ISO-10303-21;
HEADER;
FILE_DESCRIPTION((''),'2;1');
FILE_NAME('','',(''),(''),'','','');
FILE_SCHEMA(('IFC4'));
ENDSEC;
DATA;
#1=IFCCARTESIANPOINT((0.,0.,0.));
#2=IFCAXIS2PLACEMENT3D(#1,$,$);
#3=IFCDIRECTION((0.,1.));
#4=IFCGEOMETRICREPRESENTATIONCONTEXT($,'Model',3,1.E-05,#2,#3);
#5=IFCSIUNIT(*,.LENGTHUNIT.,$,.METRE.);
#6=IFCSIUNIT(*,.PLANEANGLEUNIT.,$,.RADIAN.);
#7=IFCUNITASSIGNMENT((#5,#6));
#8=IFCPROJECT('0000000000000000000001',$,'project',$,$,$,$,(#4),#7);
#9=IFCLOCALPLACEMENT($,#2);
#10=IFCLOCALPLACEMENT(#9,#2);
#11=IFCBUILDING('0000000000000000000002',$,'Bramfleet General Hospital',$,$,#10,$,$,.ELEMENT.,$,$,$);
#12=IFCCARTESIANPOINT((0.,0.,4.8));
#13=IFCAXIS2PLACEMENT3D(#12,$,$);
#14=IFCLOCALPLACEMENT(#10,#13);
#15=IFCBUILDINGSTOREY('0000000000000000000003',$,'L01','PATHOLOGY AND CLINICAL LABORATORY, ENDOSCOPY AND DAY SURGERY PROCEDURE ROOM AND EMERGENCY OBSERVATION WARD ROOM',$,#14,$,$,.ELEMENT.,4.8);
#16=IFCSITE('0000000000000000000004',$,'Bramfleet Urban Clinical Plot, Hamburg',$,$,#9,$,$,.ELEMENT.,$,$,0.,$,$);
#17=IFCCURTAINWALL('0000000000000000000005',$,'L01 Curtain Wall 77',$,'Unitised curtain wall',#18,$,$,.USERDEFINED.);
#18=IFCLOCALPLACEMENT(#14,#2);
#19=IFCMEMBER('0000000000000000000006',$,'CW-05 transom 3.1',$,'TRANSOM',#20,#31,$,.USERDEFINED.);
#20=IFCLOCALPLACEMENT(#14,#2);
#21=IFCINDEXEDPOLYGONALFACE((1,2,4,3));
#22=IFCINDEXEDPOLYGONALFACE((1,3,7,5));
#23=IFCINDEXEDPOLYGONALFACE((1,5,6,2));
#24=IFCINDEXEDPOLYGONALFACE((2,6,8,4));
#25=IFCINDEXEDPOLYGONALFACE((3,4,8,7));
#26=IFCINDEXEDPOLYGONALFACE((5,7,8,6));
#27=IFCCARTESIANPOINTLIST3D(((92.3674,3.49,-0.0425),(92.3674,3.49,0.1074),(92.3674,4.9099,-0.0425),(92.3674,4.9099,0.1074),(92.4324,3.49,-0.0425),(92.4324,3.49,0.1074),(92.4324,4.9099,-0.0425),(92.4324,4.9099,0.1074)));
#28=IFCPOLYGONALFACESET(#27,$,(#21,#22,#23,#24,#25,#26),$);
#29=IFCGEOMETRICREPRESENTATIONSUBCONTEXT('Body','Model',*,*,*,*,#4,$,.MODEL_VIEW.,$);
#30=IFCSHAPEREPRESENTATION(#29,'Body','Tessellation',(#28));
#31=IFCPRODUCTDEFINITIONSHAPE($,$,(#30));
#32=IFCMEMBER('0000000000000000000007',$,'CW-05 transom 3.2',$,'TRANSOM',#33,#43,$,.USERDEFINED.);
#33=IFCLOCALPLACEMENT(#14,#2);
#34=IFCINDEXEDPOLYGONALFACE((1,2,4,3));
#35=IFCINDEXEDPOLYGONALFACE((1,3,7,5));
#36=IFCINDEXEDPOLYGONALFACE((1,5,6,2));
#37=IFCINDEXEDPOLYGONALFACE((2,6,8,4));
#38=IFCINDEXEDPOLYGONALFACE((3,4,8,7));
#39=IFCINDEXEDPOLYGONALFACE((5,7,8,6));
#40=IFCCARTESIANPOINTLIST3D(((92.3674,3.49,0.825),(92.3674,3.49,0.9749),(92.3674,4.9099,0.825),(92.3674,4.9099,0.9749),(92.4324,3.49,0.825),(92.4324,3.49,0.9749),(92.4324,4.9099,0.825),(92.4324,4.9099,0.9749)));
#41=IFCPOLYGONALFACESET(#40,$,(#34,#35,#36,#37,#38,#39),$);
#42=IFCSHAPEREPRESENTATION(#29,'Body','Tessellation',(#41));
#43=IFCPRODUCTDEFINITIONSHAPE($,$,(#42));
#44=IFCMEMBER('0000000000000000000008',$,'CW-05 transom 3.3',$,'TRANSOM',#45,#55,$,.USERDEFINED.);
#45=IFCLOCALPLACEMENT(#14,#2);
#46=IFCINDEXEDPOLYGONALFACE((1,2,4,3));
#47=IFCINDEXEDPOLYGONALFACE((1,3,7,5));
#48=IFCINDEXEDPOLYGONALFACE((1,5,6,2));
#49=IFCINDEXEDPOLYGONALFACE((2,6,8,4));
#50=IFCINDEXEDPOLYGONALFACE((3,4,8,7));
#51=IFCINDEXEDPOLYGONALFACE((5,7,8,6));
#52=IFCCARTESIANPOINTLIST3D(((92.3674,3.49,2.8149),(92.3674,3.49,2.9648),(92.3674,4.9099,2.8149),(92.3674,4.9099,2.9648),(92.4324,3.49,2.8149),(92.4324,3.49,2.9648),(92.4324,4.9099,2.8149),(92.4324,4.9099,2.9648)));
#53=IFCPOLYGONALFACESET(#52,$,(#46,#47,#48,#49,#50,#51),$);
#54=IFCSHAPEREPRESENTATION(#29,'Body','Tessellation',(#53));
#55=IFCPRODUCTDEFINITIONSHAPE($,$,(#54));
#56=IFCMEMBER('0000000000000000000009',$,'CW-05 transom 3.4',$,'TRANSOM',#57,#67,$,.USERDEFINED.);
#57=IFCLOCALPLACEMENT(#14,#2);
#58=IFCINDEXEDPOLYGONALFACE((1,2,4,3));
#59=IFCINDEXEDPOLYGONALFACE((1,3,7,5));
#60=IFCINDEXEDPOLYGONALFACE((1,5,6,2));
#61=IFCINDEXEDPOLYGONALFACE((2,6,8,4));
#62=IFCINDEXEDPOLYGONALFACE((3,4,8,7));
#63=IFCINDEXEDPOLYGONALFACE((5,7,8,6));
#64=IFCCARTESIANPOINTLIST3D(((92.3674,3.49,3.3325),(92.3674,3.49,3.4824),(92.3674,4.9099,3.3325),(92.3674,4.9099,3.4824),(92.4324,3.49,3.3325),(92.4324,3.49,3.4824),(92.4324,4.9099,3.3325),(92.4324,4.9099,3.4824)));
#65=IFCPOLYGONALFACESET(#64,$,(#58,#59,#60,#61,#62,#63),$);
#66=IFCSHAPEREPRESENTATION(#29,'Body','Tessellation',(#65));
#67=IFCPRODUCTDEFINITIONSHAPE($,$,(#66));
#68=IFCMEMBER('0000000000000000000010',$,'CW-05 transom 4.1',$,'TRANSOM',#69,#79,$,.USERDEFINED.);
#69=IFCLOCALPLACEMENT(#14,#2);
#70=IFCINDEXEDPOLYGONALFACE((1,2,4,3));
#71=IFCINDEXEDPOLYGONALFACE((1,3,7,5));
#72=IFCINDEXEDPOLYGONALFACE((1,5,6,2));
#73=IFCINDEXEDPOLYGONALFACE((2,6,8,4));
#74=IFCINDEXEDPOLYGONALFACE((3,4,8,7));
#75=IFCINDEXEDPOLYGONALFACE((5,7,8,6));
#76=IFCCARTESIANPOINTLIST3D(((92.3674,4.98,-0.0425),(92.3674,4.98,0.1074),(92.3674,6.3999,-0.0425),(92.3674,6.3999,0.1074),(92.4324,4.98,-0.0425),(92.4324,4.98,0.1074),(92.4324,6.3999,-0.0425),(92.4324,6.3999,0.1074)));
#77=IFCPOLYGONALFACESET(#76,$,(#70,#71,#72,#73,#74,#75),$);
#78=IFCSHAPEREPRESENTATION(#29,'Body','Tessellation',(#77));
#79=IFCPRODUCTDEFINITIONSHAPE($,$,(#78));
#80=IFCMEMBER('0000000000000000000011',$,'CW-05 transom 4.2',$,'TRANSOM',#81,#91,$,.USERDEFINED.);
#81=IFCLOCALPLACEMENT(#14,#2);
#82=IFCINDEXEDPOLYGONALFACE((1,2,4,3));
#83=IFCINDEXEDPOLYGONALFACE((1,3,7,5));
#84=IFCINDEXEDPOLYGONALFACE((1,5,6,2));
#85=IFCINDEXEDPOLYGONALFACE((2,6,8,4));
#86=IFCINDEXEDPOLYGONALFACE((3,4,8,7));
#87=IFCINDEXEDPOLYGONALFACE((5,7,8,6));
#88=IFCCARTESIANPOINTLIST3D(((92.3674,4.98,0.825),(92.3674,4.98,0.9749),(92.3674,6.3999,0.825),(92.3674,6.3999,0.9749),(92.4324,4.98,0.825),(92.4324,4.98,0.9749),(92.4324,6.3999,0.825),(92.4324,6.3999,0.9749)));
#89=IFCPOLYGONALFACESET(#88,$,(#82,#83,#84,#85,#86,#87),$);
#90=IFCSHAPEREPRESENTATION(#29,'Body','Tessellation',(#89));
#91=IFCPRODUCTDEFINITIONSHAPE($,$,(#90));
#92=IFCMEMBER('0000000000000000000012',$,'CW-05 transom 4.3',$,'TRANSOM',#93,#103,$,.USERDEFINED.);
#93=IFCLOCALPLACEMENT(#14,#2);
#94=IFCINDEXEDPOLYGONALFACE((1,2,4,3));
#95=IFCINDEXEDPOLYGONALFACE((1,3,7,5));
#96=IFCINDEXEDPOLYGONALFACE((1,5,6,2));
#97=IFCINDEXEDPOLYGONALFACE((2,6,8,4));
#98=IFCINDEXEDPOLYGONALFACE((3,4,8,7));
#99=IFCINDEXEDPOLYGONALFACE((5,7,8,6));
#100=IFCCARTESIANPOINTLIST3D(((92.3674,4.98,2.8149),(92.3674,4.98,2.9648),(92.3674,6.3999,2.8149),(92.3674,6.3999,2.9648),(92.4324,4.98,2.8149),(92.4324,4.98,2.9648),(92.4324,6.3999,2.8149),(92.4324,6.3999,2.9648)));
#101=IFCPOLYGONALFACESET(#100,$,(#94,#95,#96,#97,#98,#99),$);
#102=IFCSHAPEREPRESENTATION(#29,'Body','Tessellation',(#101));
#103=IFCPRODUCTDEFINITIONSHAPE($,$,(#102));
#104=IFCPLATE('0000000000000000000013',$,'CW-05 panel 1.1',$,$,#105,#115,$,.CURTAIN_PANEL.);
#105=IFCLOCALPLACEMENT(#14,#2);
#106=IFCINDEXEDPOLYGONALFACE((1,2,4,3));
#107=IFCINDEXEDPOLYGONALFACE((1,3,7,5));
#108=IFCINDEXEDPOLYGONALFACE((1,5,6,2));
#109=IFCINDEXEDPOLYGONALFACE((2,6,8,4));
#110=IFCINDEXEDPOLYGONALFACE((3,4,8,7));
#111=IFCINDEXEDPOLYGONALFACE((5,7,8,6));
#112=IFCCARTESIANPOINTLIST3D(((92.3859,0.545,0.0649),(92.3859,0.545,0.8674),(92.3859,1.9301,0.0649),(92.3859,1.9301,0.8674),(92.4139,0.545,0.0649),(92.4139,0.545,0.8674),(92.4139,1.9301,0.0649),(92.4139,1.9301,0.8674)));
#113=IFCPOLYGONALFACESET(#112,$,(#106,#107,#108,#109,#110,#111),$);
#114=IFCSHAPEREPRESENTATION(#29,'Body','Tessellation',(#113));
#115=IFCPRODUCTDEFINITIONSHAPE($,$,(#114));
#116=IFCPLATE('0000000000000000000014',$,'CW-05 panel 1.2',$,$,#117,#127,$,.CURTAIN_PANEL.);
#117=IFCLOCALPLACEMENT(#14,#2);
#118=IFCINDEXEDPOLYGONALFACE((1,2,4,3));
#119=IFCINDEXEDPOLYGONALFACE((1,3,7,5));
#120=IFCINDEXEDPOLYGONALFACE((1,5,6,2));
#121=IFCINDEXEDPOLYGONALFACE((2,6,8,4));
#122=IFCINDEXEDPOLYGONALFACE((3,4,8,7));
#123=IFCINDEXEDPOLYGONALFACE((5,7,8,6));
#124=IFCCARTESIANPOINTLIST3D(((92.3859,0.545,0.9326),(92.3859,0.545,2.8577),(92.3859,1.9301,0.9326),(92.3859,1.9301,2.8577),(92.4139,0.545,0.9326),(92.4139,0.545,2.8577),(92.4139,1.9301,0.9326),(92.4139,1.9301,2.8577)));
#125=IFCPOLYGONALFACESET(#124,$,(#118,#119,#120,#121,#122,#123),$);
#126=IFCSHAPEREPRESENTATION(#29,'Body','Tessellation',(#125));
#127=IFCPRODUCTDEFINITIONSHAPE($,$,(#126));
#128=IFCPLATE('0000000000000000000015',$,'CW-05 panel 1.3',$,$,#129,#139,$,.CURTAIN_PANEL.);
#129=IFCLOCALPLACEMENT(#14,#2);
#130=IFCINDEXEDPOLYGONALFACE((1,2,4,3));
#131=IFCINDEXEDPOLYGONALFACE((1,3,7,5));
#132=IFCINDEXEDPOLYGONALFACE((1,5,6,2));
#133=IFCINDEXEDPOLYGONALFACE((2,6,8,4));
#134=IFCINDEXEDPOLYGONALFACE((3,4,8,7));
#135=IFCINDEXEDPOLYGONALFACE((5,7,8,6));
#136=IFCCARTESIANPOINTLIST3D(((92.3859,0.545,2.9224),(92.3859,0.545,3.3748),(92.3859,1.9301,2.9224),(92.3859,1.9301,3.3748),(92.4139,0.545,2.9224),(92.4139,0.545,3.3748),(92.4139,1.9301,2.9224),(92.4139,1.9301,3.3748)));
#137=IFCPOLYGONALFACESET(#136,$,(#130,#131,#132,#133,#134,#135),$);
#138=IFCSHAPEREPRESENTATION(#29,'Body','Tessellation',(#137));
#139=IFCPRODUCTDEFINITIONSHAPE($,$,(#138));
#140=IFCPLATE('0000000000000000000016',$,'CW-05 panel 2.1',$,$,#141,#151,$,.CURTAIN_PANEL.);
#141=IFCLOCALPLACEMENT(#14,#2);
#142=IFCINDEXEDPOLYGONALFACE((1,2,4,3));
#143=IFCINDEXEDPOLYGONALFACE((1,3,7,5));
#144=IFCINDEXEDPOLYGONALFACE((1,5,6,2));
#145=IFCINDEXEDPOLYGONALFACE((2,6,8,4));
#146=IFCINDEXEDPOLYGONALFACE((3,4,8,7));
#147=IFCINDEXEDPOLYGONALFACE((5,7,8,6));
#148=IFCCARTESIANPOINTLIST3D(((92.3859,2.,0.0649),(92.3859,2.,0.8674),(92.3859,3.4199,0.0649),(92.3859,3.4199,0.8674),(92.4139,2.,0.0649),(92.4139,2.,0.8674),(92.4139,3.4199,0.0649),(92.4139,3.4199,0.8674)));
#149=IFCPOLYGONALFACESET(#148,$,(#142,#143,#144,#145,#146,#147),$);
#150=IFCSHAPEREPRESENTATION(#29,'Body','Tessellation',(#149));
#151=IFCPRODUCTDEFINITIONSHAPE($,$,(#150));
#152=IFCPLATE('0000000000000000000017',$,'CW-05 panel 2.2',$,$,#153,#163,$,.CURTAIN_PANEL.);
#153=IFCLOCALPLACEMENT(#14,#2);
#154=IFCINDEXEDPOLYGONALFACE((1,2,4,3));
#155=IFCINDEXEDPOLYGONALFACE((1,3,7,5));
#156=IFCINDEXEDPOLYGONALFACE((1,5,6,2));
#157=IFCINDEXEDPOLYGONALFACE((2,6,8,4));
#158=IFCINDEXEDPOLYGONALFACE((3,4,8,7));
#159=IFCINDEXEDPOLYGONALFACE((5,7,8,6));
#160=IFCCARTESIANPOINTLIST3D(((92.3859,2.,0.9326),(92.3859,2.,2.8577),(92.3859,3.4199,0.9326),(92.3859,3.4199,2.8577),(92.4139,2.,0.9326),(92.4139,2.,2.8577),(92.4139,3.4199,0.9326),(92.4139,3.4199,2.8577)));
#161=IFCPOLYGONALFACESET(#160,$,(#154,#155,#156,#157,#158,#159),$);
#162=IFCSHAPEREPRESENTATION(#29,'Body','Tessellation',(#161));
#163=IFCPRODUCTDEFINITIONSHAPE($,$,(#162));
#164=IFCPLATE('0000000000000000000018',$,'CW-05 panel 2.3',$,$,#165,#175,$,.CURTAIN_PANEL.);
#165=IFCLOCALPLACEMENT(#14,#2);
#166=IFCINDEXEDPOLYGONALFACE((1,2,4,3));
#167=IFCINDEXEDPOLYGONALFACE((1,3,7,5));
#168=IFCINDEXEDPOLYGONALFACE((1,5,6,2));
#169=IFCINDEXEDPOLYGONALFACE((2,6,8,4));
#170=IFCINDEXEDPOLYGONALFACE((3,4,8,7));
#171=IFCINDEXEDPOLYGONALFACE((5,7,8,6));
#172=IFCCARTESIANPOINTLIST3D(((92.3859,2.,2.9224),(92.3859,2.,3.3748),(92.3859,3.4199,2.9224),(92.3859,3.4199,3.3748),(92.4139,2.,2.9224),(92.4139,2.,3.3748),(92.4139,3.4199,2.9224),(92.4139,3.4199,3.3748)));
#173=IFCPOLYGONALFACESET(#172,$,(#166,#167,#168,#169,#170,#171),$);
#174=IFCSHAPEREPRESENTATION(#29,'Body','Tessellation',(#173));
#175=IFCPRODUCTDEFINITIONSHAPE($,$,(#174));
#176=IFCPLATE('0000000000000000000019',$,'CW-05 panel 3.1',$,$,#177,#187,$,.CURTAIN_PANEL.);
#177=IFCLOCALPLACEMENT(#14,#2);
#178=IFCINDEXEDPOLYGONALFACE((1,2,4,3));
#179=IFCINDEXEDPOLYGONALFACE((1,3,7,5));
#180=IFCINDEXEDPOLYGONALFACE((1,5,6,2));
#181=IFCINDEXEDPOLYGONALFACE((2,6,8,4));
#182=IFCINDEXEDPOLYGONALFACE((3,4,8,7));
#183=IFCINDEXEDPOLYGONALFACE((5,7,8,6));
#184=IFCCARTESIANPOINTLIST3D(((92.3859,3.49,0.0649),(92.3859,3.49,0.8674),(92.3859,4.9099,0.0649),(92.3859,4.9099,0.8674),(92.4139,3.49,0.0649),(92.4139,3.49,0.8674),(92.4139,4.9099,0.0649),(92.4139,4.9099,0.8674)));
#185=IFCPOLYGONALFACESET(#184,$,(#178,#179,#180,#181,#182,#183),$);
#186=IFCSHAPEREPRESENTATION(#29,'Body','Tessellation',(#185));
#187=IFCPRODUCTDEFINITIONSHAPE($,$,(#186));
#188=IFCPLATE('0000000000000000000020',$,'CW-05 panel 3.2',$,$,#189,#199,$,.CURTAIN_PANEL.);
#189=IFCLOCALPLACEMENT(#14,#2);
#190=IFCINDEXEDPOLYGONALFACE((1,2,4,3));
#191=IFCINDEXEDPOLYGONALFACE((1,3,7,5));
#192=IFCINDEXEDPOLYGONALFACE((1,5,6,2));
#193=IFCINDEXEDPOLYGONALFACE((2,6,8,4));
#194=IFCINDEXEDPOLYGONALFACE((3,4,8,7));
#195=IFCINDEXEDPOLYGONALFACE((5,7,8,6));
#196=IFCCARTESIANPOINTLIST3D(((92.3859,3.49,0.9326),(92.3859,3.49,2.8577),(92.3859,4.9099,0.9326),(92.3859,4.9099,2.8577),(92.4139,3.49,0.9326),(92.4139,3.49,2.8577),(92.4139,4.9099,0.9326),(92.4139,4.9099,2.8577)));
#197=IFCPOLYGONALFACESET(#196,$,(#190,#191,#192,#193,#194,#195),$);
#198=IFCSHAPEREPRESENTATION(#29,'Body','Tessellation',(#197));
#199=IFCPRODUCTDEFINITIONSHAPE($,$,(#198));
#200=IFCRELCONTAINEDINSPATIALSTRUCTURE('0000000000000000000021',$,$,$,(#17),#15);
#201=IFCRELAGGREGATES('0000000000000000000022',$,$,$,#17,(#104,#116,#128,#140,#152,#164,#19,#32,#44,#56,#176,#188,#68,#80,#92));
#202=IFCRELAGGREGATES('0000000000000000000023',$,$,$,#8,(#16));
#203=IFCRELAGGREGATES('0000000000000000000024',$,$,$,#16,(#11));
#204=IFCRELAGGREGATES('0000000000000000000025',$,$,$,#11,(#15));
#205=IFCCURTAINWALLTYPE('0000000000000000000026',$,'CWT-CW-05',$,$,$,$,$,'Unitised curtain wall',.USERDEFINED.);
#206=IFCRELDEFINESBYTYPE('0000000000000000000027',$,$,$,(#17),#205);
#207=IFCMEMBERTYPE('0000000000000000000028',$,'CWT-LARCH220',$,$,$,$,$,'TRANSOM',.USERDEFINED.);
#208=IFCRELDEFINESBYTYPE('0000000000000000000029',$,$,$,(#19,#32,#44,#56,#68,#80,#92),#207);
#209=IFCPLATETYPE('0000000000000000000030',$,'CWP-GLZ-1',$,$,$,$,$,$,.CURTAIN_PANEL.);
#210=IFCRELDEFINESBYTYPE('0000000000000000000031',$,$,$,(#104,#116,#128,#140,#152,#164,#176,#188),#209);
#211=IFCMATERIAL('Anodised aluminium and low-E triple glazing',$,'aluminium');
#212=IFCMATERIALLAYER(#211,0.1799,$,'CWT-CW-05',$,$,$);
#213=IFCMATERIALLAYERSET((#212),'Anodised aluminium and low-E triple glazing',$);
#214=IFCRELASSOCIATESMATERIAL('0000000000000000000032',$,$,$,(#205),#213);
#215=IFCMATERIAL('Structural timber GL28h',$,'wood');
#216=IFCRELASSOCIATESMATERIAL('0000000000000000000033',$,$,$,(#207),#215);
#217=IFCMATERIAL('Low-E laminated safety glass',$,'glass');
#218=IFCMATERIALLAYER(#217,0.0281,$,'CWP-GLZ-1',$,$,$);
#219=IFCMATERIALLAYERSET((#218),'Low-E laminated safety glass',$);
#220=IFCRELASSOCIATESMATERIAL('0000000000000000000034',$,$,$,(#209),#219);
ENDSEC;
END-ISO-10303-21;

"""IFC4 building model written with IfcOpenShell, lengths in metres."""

from ifc_helpers import new_model, si_unit, direction, frame, origin, origin_2d, place, context, subcontext, project, spatial, rectangle, extrude, material, layer, layer_set, material_profile, profile_set, type_object, element, aggregate, save


model = new_model("IFC4")

# Units and contexts
model_context = context("Model", 3, precision=1e-05, world=origin(), true_north=direction((0.0, 1.0)))
body_context = subcontext(model_context, "Body", "Model", "MODEL_VIEW")
ifc_project = project(units=[si_unit("LENGTHUNIT", "METRE"), si_unit("PLANEANGLEUNIT", "RADIAN")], contexts=[model_context])

# Site, building, storey
site_placement = place(None, origin())
site = spatial("IfcSite", under=ifc_project, at=site_placement, Name="Bramfleet Urban Clinical Plot, Hamburg", CompositionType="ELEMENT", RefElevation=0.0)
building_placement = place(site_placement, origin())
building = spatial("IfcBuilding", under=site, at=building_placement, Name="Bramfleet General Hospital", CompositionType="ELEMENT")
storey_placement = place(building_placement, frame((0.0, 0.0, 4.8)))
storey = spatial("IfcBuildingStorey", under=building, at=storey_placement, Name="L01", Description="PATHOLOGY AND CLINICAL LABORATORY, ENDOSCOPY AND DAY SURGERY PROCEDURE ROOM AND EMERGENCY OBSERVATION WARD ROOM", CompositionType="ELEMENT", Elevation=4.8)

# Curtain wall, members, plates
ifc_material_1 = material(Name="Anodised aluminium and low-E triple glazing", Category="aluminium")
ifc_layer_1 = layer(ifc_material_1, 0.1799, Name="CWT-CW-05")
ifc_layer_set_1 = layer_set([ifc_layer_1], Name="Anodised aluminium and low-E triple glazing")
curtain_wall_type = type_object("IfcCurtainWallType", Name="CWT-CW-05", ElementType="Unitised curtain wall", PredefinedType="USERDEFINED", material=ifc_layer_set_1)
curtain_wall_placement = place(storey_placement, origin())
curtain_wall = element("IfcCurtainWall", 1, at=curtain_wall_placement, inside=storey, type_object=curtain_wall_type, Name="L01 Curtain Wall 77", ObjectType="Unitised curtain wall", PredefinedType="USERDEFINED")
ifc_material_2 = material(Name="Structural timber GL28h", Category="wood")
ifc_material_profile_1 = material_profile(ifc_material_2, rectangle(XDim=0.0649, YDim=0.1499, at=origin_2d()), Name="LARCH 150x65")
ifc_profile_set_1 = profile_set([ifc_material_profile_1], Name="Structural timber GL28h")
member_type_1 = type_object("IfcMemberType", Name="CWT-LARCH220", ElementType="TRANSOM", PredefinedType="USERDEFINED", material=ifc_profile_set_1)
member_1_placement = place(storey_placement, frame((92.3999, 3.49, 0.0325), z_axis=(0.0, 1.0, 0.0), x_axis=(-1.0, 0.0, 0.0)))
member_1 = element("IfcMember", 2, at=member_1_placement, type_object=member_type_1, Name="CW-05 transom 3.1", ObjectType="TRANSOM", PredefinedType="USERDEFINED", context=body_context, shape_type="SweptSolid", body=[
    extrude(rectangle(XDim=0.0649, YDim=0.1499, at=origin_2d()), origin(), (0.0, 0.0, 1.0), 1.4199),
])
member_2_placement = place(storey_placement, frame((92.3999, 3.49, 0.8999), z_axis=(0.0, 1.0, 0.0), x_axis=(-1.0, 0.0, 0.0)))
member_2 = element("IfcMember", 3, at=member_2_placement, type_object=member_type_1, Name="CW-05 transom 3.2", ObjectType="TRANSOM", PredefinedType="USERDEFINED", context=body_context, shape_type="SweptSolid", body=[
    extrude(rectangle(XDim=0.0649, YDim=0.1499, at=origin_2d()), origin(), (0.0, 0.0, 1.0), 1.4199),
])
member_3_placement = place(storey_placement, frame((92.3999, 3.49, 2.8899), z_axis=(0.0, 1.0, 0.0), x_axis=(-1.0, 0.0, 0.0)))
member_3 = element("IfcMember", 4, at=member_3_placement, type_object=member_type_1, Name="CW-05 transom 3.3", ObjectType="TRANSOM", PredefinedType="USERDEFINED", context=body_context, shape_type="SweptSolid", body=[
    extrude(rectangle(XDim=0.0649, YDim=0.1499, at=origin_2d()), origin(), (0.0, 0.0, 1.0), 1.4199),
])
member_4_placement = place(storey_placement, frame((92.3999, 3.49, 3.4075), z_axis=(0.0, 1.0, 0.0), x_axis=(-1.0, 0.0, 0.0)))
member_4 = element("IfcMember", 5, at=member_4_placement, type_object=member_type_1, Name="CW-05 transom 3.4", ObjectType="TRANSOM", PredefinedType="USERDEFINED", context=body_context, shape_type="SweptSolid", body=[
    extrude(rectangle(XDim=0.0649, YDim=0.1499, at=origin_2d()), origin(), (0.0, 0.0, 1.0), 1.4199),
])
member_5_placement = place(storey_placement, frame((92.3999, 4.98, 0.0325), z_axis=(0.0, 1.0, 0.0), x_axis=(-1.0, 0.0, 0.0)))
member_5 = element("IfcMember", 6, at=member_5_placement, type_object=member_type_1, Name="CW-05 transom 4.1", ObjectType="TRANSOM", PredefinedType="USERDEFINED", context=body_context, shape_type="SweptSolid", body=[
    extrude(rectangle(XDim=0.0649, YDim=0.1499, at=origin_2d()), origin(), (0.0, 0.0, 1.0), 1.4199),
])
member_6_placement = place(storey_placement, frame((92.3999, 4.98, 0.8999), z_axis=(0.0, 1.0, 0.0), x_axis=(-1.0, 0.0, 0.0)))
member_6 = element("IfcMember", 7, at=member_6_placement, type_object=member_type_1, Name="CW-05 transom 4.2", ObjectType="TRANSOM", PredefinedType="USERDEFINED", context=body_context, shape_type="SweptSolid", body=[
    extrude(rectangle(XDim=0.0649, YDim=0.1499, at=origin_2d()), origin(), (0.0, 0.0, 1.0), 1.4199),
])
member_7_placement = place(storey_placement, frame((92.3999, 4.98, 2.8899), z_axis=(0.0, 1.0, 0.0), x_axis=(-1.0, 0.0, 0.0)))
member_7 = element("IfcMember", 8, at=member_7_placement, type_object=member_type_1, Name="CW-05 transom 4.3", ObjectType="TRANSOM", PredefinedType="USERDEFINED", context=body_context, shape_type="SweptSolid", body=[
    extrude(rectangle(XDim=0.0649, YDim=0.1499, at=origin_2d()), origin(), (0.0, 0.0, 1.0), 1.4199),
])
ifc_material_3 = material(Name="Low-E laminated safety glass", Category="glass")
ifc_layer_2 = layer(ifc_material_3, 0.0281, Name="CWP-GLZ-1")
ifc_layer_set_2 = layer_set([ifc_layer_2], Name="Low-E laminated safety glass")
plate_type = type_object("IfcPlateType", Name="CWP-GLZ-1", PredefinedType="CURTAIN_PANEL", material=ifc_layer_set_2)
plate_1_placement = place(storey_placement, frame((92.3999, 1.2375, 0.0649), z_axis=(0.0, 0.0, 1.0), x_axis=(0.0, 1.0, 0.0)))
plate_1 = element("IfcPlate", 9, at=plate_1_placement, type_object=plate_type, Name="CW-05 panel 1.1", PredefinedType="CURTAIN_PANEL", context=body_context, shape_type="SweptSolid", body=[
    extrude(rectangle(XDim=1.385, YDim=0.0281, at=origin_2d()), origin(), (0.0, 0.0, 1.0), 0.8025),
])
plate_2_placement = place(storey_placement, frame((92.3999, 1.2375, 0.9326), z_axis=(0.0, 0.0, 1.0), x_axis=(0.0, 1.0, 0.0)))
plate_2 = element("IfcPlate", 10, at=plate_2_placement, type_object=plate_type, Name="CW-05 panel 1.2", PredefinedType="CURTAIN_PANEL", context=body_context, shape_type="SweptSolid", body=[
    extrude(rectangle(XDim=1.385, YDim=0.0281, at=origin_2d()), origin(), (0.0, 0.0, 1.0), 1.925),
])
plate_3_placement = place(storey_placement, frame((92.3999, 1.2375, 2.9224), z_axis=(0.0, 0.0, 1.0), x_axis=(0.0, 1.0, 0.0)))
plate_3 = element("IfcPlate", 11, at=plate_3_placement, type_object=plate_type, Name="CW-05 panel 1.3", PredefinedType="CURTAIN_PANEL", context=body_context, shape_type="SweptSolid", body=[
    extrude(rectangle(XDim=1.385, YDim=0.0281, at=origin_2d()), origin(), (0.0, 0.0, 1.0), 0.4524),
])
plate_4_placement = place(storey_placement, frame((92.3999, 2.71, 0.0649), z_axis=(0.0, 0.0, 1.0), x_axis=(0.0, 1.0, 0.0)))
plate_4 = element("IfcPlate", 12, at=plate_4_placement, type_object=plate_type, Name="CW-05 panel 2.1", PredefinedType="CURTAIN_PANEL", context=body_context, shape_type="SweptSolid", body=[
    extrude(rectangle(XDim=1.4199, YDim=0.0281, at=origin_2d()), origin(), (0.0, 0.0, 1.0), 0.8025),
])
plate_5_placement = place(storey_placement, frame((92.3999, 2.71, 0.9326), z_axis=(0.0, 0.0, 1.0), x_axis=(0.0, 1.0, 0.0)))
plate_5 = element("IfcPlate", 13, at=plate_5_placement, type_object=plate_type, Name="CW-05 panel 2.2", PredefinedType="CURTAIN_PANEL", context=body_context, shape_type="SweptSolid", body=[
    extrude(rectangle(XDim=1.4199, YDim=0.0281, at=origin_2d()), origin(), (0.0, 0.0, 1.0), 1.925),
])
plate_6_placement = place(storey_placement, frame((92.3999, 2.71, 2.9224), z_axis=(0.0, 0.0, 1.0), x_axis=(0.0, 1.0, 0.0)))
plate_6 = element("IfcPlate", 14, at=plate_6_placement, type_object=plate_type, Name="CW-05 panel 2.3", PredefinedType="CURTAIN_PANEL", context=body_context, shape_type="SweptSolid", body=[
    extrude(rectangle(XDim=1.4199, YDim=0.0281, at=origin_2d()), origin(), (0.0, 0.0, 1.0), 0.4524),
])
plate_7_placement = place(storey_placement, frame((92.3999, 4.2, 0.0649), z_axis=(0.0, 0.0, 1.0), x_axis=(0.0, 1.0, 0.0)))
plate_7 = element("IfcPlate", 15, at=plate_7_placement, type_object=plate_type, Name="CW-05 panel 3.1", PredefinedType="CURTAIN_PANEL", context=body_context, shape_type="SweptSolid", body=[
    extrude(rectangle(XDim=1.4199, YDim=0.0281, at=origin_2d()), origin(), (0.0, 0.0, 1.0), 0.8025),
])
plate_8_placement = place(storey_placement, frame((92.3999, 4.2, 0.9326), z_axis=(0.0, 0.0, 1.0), x_axis=(0.0, 1.0, 0.0)))
plate_8 = element("IfcPlate", 16, at=plate_8_placement, type_object=plate_type, Name="CW-05 panel 3.2", PredefinedType="CURTAIN_PANEL", context=body_context, shape_type="SweptSolid", body=[
    extrude(rectangle(XDim=1.4199, YDim=0.0281, at=origin_2d()), origin(), (0.0, 0.0, 1.0), 1.925),
])
aggregate(curtain_wall, [plate_1, plate_2, plate_3, plate_4, plate_5, plate_6, member_1, member_2, member_3, member_4, plate_7, plate_8, member_5, member_6, member_7])

save(model, "model.ifc")
